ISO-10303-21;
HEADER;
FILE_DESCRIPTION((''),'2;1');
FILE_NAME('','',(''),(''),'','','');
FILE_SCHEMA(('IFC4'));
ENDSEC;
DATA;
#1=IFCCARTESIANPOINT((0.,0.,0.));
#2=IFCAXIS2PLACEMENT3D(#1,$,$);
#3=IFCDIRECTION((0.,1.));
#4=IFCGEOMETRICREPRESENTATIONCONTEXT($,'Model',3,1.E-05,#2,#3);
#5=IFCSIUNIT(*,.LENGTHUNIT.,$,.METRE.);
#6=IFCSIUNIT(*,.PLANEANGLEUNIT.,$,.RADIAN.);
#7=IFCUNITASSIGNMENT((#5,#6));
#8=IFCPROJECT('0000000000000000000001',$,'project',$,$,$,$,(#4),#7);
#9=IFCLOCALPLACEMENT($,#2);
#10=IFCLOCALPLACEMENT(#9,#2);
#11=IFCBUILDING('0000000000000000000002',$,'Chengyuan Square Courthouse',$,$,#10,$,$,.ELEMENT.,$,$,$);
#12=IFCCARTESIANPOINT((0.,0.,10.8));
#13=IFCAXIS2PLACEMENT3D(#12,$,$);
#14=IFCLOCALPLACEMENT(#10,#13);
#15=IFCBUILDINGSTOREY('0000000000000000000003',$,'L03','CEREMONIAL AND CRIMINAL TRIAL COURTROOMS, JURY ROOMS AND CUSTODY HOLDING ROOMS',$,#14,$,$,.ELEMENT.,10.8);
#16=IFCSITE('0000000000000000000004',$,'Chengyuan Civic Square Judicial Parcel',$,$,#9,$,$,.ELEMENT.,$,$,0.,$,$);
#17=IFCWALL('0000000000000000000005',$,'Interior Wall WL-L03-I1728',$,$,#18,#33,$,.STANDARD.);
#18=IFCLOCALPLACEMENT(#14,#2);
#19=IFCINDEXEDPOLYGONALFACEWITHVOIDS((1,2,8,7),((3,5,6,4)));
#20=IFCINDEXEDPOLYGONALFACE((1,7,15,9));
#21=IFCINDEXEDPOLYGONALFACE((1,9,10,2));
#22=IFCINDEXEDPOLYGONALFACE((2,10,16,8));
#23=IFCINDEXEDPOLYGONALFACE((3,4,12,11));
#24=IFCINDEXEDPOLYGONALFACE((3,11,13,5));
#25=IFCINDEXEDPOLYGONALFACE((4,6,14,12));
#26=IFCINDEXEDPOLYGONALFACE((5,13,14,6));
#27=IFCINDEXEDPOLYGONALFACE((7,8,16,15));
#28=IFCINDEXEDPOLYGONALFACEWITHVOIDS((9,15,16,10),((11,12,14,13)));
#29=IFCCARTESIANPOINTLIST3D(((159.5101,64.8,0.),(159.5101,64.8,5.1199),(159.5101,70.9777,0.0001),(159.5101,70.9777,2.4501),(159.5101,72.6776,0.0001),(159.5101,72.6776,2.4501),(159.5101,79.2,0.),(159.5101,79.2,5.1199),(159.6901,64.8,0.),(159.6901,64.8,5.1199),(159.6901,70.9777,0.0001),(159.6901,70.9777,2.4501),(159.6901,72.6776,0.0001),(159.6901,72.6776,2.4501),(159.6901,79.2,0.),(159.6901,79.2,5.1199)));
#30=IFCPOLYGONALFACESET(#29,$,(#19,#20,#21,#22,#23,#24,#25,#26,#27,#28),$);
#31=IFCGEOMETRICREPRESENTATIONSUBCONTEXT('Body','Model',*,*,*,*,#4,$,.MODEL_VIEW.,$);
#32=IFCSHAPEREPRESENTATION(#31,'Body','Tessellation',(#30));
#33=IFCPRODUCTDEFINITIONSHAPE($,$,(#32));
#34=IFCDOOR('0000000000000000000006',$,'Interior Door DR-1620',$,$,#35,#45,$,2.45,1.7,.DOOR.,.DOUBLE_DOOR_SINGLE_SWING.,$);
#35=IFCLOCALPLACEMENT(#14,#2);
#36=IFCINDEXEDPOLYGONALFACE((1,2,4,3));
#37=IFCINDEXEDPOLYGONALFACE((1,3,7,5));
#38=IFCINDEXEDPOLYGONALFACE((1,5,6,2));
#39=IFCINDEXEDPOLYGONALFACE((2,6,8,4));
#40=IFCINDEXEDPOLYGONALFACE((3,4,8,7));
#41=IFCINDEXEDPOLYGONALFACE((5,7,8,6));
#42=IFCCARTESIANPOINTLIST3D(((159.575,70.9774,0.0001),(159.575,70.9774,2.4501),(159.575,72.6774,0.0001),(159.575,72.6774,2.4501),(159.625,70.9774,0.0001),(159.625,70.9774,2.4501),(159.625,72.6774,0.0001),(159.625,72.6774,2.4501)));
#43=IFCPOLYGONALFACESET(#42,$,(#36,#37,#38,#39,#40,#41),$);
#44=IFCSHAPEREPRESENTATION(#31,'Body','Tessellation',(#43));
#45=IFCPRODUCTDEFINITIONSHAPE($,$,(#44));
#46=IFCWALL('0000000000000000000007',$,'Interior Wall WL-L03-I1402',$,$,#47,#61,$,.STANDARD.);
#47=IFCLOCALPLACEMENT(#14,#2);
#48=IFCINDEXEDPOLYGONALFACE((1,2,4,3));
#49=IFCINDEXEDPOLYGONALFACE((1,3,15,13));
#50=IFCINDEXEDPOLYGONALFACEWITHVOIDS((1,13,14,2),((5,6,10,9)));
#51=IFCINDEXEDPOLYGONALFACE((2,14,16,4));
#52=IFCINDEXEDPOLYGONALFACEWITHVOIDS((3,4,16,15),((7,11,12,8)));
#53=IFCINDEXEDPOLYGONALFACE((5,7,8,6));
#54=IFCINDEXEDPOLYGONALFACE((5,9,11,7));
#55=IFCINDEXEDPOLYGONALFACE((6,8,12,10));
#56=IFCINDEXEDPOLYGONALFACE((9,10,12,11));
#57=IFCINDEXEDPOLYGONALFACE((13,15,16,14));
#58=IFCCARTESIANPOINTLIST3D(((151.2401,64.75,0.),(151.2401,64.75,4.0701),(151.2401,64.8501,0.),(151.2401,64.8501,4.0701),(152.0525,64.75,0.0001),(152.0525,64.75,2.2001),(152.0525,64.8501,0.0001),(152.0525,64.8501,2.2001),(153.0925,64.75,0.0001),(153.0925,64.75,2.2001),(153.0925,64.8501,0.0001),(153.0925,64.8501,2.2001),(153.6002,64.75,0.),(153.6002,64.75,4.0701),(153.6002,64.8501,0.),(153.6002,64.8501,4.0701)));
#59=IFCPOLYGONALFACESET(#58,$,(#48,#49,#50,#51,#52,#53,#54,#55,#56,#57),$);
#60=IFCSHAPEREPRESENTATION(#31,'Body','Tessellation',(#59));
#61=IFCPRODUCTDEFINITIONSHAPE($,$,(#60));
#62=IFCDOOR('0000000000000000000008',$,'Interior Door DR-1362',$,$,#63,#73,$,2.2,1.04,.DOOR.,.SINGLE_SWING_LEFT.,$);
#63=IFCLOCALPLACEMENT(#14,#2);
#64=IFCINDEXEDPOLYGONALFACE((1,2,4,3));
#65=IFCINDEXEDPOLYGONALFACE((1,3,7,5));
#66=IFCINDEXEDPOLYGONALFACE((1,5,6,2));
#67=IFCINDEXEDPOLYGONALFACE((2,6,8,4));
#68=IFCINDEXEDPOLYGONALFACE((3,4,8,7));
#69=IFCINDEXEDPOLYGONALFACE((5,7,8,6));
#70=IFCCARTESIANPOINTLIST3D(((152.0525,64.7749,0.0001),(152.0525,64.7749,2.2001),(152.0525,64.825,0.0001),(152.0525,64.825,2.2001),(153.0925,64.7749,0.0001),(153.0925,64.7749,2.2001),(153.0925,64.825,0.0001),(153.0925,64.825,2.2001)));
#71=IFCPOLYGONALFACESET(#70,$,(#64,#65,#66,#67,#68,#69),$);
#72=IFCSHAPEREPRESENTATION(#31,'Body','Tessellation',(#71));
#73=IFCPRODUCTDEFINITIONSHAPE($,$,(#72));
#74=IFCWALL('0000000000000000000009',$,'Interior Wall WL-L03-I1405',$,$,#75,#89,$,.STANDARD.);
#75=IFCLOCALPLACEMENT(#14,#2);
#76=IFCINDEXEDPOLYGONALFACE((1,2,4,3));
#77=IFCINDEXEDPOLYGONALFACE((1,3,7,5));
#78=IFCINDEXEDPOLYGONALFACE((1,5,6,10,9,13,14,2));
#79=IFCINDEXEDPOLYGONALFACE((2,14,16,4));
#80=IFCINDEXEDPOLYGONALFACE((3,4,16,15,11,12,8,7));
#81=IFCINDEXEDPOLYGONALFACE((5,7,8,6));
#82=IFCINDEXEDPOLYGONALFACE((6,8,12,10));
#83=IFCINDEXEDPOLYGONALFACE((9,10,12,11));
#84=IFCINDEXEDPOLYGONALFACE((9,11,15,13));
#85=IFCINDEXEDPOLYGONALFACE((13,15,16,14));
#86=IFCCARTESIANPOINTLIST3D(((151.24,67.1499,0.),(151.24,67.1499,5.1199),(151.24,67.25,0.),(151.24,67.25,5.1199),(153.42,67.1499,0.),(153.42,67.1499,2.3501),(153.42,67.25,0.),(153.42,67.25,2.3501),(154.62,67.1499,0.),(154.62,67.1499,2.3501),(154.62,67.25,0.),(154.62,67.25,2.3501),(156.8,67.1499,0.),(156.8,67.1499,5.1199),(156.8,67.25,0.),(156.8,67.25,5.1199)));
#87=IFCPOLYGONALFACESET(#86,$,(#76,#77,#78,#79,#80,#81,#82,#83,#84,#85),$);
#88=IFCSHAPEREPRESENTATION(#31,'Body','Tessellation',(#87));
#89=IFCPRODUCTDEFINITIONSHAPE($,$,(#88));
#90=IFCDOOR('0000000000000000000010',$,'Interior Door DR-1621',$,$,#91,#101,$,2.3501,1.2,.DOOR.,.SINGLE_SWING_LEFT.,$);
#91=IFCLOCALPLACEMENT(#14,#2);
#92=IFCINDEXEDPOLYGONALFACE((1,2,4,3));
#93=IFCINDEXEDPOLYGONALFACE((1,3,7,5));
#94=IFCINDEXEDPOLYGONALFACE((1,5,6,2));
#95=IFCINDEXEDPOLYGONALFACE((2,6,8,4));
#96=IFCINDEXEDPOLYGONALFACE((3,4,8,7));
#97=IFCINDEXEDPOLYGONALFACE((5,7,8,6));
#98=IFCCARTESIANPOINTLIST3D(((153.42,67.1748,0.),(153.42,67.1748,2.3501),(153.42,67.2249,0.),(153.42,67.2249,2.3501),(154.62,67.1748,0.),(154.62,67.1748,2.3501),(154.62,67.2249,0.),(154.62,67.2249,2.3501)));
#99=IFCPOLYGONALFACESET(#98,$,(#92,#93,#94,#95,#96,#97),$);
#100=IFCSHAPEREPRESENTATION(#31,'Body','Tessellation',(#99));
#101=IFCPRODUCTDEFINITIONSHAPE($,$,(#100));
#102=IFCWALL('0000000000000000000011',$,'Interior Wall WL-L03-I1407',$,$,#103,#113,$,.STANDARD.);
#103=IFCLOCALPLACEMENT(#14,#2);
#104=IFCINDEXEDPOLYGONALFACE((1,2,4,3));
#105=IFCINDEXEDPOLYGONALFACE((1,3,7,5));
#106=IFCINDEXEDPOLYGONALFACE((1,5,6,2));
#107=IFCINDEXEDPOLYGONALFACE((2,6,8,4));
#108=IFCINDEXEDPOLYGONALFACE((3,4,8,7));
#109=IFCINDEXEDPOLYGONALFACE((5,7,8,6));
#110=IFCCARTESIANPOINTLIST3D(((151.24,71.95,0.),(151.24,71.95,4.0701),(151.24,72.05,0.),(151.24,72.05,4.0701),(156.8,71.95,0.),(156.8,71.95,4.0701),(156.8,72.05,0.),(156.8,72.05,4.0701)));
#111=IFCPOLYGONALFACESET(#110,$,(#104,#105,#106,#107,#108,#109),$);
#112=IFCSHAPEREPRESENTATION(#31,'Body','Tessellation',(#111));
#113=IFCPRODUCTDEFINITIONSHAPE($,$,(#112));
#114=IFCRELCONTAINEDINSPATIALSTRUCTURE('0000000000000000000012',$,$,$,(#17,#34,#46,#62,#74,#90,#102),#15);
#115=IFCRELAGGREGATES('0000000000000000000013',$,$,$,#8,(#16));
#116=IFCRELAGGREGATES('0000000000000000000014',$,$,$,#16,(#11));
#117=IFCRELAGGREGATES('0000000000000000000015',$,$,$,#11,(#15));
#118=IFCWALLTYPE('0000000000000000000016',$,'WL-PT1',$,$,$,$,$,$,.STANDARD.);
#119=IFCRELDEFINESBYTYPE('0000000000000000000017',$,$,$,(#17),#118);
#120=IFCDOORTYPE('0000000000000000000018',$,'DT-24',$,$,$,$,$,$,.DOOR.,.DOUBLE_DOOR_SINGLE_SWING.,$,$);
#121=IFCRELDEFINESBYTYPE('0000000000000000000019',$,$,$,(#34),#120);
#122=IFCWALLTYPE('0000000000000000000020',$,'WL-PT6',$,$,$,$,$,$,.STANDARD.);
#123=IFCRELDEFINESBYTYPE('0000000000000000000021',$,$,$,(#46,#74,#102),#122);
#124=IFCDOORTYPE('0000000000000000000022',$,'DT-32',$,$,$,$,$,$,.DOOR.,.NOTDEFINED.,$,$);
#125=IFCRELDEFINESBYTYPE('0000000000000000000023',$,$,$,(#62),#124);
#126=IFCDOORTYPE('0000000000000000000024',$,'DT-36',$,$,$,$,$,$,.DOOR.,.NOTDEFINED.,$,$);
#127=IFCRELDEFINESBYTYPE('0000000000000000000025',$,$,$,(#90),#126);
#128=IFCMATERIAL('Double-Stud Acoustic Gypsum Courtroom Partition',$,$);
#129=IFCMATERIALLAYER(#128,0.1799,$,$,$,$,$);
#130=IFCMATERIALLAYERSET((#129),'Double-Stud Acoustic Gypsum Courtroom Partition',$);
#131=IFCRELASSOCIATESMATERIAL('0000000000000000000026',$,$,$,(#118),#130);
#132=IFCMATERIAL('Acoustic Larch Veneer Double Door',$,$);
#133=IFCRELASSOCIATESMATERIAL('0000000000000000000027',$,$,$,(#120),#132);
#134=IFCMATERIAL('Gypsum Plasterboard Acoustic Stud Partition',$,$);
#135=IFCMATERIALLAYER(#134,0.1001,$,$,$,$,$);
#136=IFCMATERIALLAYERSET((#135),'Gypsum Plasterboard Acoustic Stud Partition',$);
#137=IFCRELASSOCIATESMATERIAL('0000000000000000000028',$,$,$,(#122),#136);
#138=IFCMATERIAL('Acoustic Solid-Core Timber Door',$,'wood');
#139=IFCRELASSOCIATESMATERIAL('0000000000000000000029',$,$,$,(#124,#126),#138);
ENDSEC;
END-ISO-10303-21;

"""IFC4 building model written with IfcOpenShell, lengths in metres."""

from ifc_helpers import new_model, si_unit, direction, frame, frame_2d, origin, place, context, subcontext, project, spatial, rectangle, extrude, material, layer, layer_set, type_object, element, fill, save


model = new_model("IFC4")

# Units and contexts
model_context = context("Model", 3, precision=1e-05, world=origin(), true_north=direction((0.0, 1.0)))
body_context = subcontext(model_context, "Body", "Model", "MODEL_VIEW")
ifc_project = project(units=[si_unit("LENGTHUNIT", "METRE"), si_unit("PLANEANGLEUNIT", "RADIAN")], contexts=[model_context])

# Site, building, storey
site_placement = place(None, origin())
site = spatial("IfcSite", under=ifc_project, at=site_placement, Name="Chengyuan Civic Square Judicial Parcel", CompositionType="ELEMENT", RefElevation=0.0)
building_placement = place(site_placement, origin())
building = spatial("IfcBuilding", under=site, at=building_placement, Name="Chengyuan Square Courthouse", CompositionType="ELEMENT")
storey_placement = place(building_placement, frame((0.0, 0.0, 10.8)))
storey = spatial("IfcBuildingStorey", under=building, at=storey_placement, Name="L03", Description="CEREMONIAL AND CRIMINAL TRIAL COURTROOMS, JURY ROOMS AND CUSTODY HOLDING ROOMS", CompositionType="ELEMENT", Elevation=10.8)

# Shared definitions
ifc_material_1 = material(Name="Double-Stud Acoustic Gypsum Courtroom Partition")
ifc_layer_1 = layer(ifc_material_1, 0.1799)
ifc_layer_set_1 = layer_set([ifc_layer_1], Name="Double-Stud Acoustic Gypsum Courtroom Partition")
wall_type_1 = type_object("IfcWallType", Name="WL-PT1", PredefinedType="STANDARD", material=ifc_layer_set_1)
ifc_material_2 = material(Name="Acoustic Larch Veneer Double Door")
ifc_material_3 = material(Name="Acoustic Solid-Core Timber Door", Category="wood")

# Walls, openings, doors
wall_1_placement = place(storey_placement, frame((159.6001, 64.8, 0.0), z_axis=(0.0, 0.0, 1.0), x_axis=(0.0, 1.0, 0.0)))
wall_1 = element("IfcWall", 1, at=wall_1_placement, inside=storey, type_object=wall_type_1, Name="Interior Wall WL-L03-I1728", PredefinedType="STANDARD", context=body_context, shape_type="SweptSolid", body=[
    extrude(rectangle(XDim=14.3999, YDim=0.1799, at=frame_2d((7.2, 0.0))), origin(), (0.0, 0.0, 1.0), 5.1199),
])
opening_1_placement = place(wall_1_placement, frame((6.1775, 0.0, 0.0)))
opening_1 = element("IfcOpeningElement", 2, at=opening_1_placement, cuts=wall_1, PredefinedType="OPENING", context=body_context, shape_type="SweptSolid", body=[
    extrude(rectangle(XDim=1.7, YDim=2.45, at=frame_2d((0.8501, 1.2251))), frame((0.0, 0.1021, 0.0), z_axis=(0.0, -1.0, 0.0), x_axis=(1.0, 0.0, 0.0)), (0.0, 0.0, 1.0), 0.2039),
])
door_type_1 = type_object("IfcDoorType", Name="DT-24", OperationType="DOUBLE_DOOR_SINGLE_SWING", PredefinedType="DOOR", material=ifc_material_2)
door_1_placement = place(opening_1_placement, frame((1.7, 0.0, 0.0), z_axis=(0.0, 0.0, 1.0), x_axis=(-1.0, 0.0, 0.0)))
door_1 = element("IfcDoor", 3, at=door_1_placement, inside=storey, type_object=door_type_1, Name="Interior Door DR-1620", OperationType="DOUBLE_DOOR_SINGLE_SWING", OverallHeight=2.45, OverallWidth=1.7, PredefinedType="DOOR", context=body_context, shape_type="SweptSolid", body=[
    extrude(rectangle(XDim=1.7, YDim=2.45, at=frame_2d((0.8501, 1.2251))), frame((0.0, 0.0249, 0.0), z_axis=(0.0, -1.0, 0.0), x_axis=(1.0, 0.0, 0.0)), (0.0, 0.0, 1.0), 0.05),
])
fill(opening_1, door_1)
ifc_material_4 = material(Name="Gypsum Plasterboard Acoustic Stud Partition")
ifc_layer_2 = layer(ifc_material_4, 0.1001)
ifc_layer_set_2 = layer_set([ifc_layer_2], Name="Gypsum Plasterboard Acoustic Stud Partition")
wall_type_2 = type_object("IfcWallType", Name="WL-PT6", PredefinedType="STANDARD", material=ifc_layer_set_2)
wall_2_placement = place(storey_placement, frame((151.24, 64.8, 0.0), z_axis=(0.0, 0.0, 1.0), x_axis=(1.0, 0.0, 0.0)))
wall_2 = element("IfcWall", 4, at=wall_2_placement, inside=storey, type_object=wall_type_2, Name="Interior Wall WL-L03-I1402", PredefinedType="STANDARD", context=body_context, shape_type="SweptSolid", body=[
    extrude(rectangle(XDim=2.3601, YDim=0.1001, at=frame_2d((1.1802, 0.0))), origin(), (0.0, 0.0, 1.0), 4.0701),
])
opening_2_placement = place(wall_2_placement, frame((0.8125, 0.0, 0.0)))
opening_2 = element("IfcOpeningElement", 5, at=opening_2_placement, cuts=wall_2, PredefinedType="OPENING", context=body_context, shape_type="SweptSolid", body=[
    extrude(rectangle(XDim=1.04, YDim=2.2, at=frame_2d((0.52, 1.1001))), frame((0.0, 0.062, 0.0), z_axis=(0.0, -1.0, 0.0), x_axis=(1.0, 0.0, 0.0)), (0.0, 0.0, 1.0), 0.124),
])
door_type_2 = type_object("IfcDoorType", Name="DT-32", OperationType="NOTDEFINED", PredefinedType="DOOR", material=ifc_material_3)
door_2_placement = place(opening_2_placement, origin())
door_2 = element("IfcDoor", 6, at=door_2_placement, inside=storey, type_object=door_type_2, Name="Interior Door DR-1362", OperationType="SINGLE_SWING_LEFT", OverallHeight=2.2, OverallWidth=1.04, PredefinedType="DOOR", context=body_context, shape_type="SweptSolid", body=[
    extrude(rectangle(XDim=1.04, YDim=2.2, at=frame_2d((0.52, 1.1001))), frame((0.0, 0.0249, 0.0), z_axis=(0.0, -1.0, 0.0), x_axis=(1.0, 0.0, 0.0)), (0.0, 0.0, 1.0), 0.05),
])
fill(opening_2, door_2)
wall_3_placement = place(storey_placement, frame((151.24, 67.2, 0.0), z_axis=(0.0, 0.0, 1.0), x_axis=(1.0, 0.0, 0.0)))
wall_3 = element("IfcWall", 7, at=wall_3_placement, inside=storey, type_object=wall_type_2, Name="Interior Wall WL-L03-I1405", PredefinedType="STANDARD", context=body_context, shape_type="SweptSolid", body=[
    extrude(rectangle(XDim=5.5601, YDim=0.1001, at=frame_2d((2.78, 0.0))), origin(), (0.0, 0.0, 1.0), 5.1199),
])
opening_3_placement = place(wall_3_placement, frame((2.1799, 0.0, 0.0)))
opening_3 = element("IfcOpeningElement", 8, at=opening_3_placement, cuts=wall_3, PredefinedType="OPENING", context=body_context, shape_type="SweptSolid", body=[
    extrude(rectangle(XDim=1.2, YDim=2.3501, at=frame_2d((0.6001, 1.175))), frame((0.0, 0.062, 0.0), z_axis=(0.0, -1.0, 0.0), x_axis=(1.0, 0.0, 0.0)), (0.0, 0.0, 1.0), 0.124),
])
door_type_3 = type_object("IfcDoorType", Name="DT-36", OperationType="NOTDEFINED", PredefinedType="DOOR", material=ifc_material_3)
door_3_placement = place(opening_3_placement, origin())
door_3 = element("IfcDoor", 9, at=door_3_placement, inside=storey, type_object=door_type_3, Name="Interior Door DR-1621", OperationType="SINGLE_SWING_LEFT", OverallHeight=2.3501, OverallWidth=1.2, PredefinedType="DOOR", context=body_context, shape_type="SweptSolid", body=[
    extrude(rectangle(XDim=1.2, YDim=2.3501, at=frame_2d((0.6001, 1.175))), frame((0.0, 0.0249, 0.0), z_axis=(0.0, -1.0, 0.0), x_axis=(1.0, 0.0, 0.0)), (0.0, 0.0, 1.0), 0.05),
])
fill(opening_3, door_3)

# Wall
wall_4_placement = place(storey_placement, frame((151.24, 72.0, 0.0), z_axis=(0.0, 0.0, 1.0), x_axis=(1.0, 0.0, 0.0)))
element("IfcWall", 10, at=wall_4_placement, inside=storey, type_object=wall_type_2, Name="Interior Wall WL-L03-I1407", PredefinedType="STANDARD", context=body_context, shape_type="SweptSolid", body=[
    extrude(rectangle(XDim=5.5601, YDim=0.1001, at=frame_2d((2.78, 0.0))), origin(), (0.0, 0.0, 1.0), 4.0701),
])

save(model, "model.ifc")
